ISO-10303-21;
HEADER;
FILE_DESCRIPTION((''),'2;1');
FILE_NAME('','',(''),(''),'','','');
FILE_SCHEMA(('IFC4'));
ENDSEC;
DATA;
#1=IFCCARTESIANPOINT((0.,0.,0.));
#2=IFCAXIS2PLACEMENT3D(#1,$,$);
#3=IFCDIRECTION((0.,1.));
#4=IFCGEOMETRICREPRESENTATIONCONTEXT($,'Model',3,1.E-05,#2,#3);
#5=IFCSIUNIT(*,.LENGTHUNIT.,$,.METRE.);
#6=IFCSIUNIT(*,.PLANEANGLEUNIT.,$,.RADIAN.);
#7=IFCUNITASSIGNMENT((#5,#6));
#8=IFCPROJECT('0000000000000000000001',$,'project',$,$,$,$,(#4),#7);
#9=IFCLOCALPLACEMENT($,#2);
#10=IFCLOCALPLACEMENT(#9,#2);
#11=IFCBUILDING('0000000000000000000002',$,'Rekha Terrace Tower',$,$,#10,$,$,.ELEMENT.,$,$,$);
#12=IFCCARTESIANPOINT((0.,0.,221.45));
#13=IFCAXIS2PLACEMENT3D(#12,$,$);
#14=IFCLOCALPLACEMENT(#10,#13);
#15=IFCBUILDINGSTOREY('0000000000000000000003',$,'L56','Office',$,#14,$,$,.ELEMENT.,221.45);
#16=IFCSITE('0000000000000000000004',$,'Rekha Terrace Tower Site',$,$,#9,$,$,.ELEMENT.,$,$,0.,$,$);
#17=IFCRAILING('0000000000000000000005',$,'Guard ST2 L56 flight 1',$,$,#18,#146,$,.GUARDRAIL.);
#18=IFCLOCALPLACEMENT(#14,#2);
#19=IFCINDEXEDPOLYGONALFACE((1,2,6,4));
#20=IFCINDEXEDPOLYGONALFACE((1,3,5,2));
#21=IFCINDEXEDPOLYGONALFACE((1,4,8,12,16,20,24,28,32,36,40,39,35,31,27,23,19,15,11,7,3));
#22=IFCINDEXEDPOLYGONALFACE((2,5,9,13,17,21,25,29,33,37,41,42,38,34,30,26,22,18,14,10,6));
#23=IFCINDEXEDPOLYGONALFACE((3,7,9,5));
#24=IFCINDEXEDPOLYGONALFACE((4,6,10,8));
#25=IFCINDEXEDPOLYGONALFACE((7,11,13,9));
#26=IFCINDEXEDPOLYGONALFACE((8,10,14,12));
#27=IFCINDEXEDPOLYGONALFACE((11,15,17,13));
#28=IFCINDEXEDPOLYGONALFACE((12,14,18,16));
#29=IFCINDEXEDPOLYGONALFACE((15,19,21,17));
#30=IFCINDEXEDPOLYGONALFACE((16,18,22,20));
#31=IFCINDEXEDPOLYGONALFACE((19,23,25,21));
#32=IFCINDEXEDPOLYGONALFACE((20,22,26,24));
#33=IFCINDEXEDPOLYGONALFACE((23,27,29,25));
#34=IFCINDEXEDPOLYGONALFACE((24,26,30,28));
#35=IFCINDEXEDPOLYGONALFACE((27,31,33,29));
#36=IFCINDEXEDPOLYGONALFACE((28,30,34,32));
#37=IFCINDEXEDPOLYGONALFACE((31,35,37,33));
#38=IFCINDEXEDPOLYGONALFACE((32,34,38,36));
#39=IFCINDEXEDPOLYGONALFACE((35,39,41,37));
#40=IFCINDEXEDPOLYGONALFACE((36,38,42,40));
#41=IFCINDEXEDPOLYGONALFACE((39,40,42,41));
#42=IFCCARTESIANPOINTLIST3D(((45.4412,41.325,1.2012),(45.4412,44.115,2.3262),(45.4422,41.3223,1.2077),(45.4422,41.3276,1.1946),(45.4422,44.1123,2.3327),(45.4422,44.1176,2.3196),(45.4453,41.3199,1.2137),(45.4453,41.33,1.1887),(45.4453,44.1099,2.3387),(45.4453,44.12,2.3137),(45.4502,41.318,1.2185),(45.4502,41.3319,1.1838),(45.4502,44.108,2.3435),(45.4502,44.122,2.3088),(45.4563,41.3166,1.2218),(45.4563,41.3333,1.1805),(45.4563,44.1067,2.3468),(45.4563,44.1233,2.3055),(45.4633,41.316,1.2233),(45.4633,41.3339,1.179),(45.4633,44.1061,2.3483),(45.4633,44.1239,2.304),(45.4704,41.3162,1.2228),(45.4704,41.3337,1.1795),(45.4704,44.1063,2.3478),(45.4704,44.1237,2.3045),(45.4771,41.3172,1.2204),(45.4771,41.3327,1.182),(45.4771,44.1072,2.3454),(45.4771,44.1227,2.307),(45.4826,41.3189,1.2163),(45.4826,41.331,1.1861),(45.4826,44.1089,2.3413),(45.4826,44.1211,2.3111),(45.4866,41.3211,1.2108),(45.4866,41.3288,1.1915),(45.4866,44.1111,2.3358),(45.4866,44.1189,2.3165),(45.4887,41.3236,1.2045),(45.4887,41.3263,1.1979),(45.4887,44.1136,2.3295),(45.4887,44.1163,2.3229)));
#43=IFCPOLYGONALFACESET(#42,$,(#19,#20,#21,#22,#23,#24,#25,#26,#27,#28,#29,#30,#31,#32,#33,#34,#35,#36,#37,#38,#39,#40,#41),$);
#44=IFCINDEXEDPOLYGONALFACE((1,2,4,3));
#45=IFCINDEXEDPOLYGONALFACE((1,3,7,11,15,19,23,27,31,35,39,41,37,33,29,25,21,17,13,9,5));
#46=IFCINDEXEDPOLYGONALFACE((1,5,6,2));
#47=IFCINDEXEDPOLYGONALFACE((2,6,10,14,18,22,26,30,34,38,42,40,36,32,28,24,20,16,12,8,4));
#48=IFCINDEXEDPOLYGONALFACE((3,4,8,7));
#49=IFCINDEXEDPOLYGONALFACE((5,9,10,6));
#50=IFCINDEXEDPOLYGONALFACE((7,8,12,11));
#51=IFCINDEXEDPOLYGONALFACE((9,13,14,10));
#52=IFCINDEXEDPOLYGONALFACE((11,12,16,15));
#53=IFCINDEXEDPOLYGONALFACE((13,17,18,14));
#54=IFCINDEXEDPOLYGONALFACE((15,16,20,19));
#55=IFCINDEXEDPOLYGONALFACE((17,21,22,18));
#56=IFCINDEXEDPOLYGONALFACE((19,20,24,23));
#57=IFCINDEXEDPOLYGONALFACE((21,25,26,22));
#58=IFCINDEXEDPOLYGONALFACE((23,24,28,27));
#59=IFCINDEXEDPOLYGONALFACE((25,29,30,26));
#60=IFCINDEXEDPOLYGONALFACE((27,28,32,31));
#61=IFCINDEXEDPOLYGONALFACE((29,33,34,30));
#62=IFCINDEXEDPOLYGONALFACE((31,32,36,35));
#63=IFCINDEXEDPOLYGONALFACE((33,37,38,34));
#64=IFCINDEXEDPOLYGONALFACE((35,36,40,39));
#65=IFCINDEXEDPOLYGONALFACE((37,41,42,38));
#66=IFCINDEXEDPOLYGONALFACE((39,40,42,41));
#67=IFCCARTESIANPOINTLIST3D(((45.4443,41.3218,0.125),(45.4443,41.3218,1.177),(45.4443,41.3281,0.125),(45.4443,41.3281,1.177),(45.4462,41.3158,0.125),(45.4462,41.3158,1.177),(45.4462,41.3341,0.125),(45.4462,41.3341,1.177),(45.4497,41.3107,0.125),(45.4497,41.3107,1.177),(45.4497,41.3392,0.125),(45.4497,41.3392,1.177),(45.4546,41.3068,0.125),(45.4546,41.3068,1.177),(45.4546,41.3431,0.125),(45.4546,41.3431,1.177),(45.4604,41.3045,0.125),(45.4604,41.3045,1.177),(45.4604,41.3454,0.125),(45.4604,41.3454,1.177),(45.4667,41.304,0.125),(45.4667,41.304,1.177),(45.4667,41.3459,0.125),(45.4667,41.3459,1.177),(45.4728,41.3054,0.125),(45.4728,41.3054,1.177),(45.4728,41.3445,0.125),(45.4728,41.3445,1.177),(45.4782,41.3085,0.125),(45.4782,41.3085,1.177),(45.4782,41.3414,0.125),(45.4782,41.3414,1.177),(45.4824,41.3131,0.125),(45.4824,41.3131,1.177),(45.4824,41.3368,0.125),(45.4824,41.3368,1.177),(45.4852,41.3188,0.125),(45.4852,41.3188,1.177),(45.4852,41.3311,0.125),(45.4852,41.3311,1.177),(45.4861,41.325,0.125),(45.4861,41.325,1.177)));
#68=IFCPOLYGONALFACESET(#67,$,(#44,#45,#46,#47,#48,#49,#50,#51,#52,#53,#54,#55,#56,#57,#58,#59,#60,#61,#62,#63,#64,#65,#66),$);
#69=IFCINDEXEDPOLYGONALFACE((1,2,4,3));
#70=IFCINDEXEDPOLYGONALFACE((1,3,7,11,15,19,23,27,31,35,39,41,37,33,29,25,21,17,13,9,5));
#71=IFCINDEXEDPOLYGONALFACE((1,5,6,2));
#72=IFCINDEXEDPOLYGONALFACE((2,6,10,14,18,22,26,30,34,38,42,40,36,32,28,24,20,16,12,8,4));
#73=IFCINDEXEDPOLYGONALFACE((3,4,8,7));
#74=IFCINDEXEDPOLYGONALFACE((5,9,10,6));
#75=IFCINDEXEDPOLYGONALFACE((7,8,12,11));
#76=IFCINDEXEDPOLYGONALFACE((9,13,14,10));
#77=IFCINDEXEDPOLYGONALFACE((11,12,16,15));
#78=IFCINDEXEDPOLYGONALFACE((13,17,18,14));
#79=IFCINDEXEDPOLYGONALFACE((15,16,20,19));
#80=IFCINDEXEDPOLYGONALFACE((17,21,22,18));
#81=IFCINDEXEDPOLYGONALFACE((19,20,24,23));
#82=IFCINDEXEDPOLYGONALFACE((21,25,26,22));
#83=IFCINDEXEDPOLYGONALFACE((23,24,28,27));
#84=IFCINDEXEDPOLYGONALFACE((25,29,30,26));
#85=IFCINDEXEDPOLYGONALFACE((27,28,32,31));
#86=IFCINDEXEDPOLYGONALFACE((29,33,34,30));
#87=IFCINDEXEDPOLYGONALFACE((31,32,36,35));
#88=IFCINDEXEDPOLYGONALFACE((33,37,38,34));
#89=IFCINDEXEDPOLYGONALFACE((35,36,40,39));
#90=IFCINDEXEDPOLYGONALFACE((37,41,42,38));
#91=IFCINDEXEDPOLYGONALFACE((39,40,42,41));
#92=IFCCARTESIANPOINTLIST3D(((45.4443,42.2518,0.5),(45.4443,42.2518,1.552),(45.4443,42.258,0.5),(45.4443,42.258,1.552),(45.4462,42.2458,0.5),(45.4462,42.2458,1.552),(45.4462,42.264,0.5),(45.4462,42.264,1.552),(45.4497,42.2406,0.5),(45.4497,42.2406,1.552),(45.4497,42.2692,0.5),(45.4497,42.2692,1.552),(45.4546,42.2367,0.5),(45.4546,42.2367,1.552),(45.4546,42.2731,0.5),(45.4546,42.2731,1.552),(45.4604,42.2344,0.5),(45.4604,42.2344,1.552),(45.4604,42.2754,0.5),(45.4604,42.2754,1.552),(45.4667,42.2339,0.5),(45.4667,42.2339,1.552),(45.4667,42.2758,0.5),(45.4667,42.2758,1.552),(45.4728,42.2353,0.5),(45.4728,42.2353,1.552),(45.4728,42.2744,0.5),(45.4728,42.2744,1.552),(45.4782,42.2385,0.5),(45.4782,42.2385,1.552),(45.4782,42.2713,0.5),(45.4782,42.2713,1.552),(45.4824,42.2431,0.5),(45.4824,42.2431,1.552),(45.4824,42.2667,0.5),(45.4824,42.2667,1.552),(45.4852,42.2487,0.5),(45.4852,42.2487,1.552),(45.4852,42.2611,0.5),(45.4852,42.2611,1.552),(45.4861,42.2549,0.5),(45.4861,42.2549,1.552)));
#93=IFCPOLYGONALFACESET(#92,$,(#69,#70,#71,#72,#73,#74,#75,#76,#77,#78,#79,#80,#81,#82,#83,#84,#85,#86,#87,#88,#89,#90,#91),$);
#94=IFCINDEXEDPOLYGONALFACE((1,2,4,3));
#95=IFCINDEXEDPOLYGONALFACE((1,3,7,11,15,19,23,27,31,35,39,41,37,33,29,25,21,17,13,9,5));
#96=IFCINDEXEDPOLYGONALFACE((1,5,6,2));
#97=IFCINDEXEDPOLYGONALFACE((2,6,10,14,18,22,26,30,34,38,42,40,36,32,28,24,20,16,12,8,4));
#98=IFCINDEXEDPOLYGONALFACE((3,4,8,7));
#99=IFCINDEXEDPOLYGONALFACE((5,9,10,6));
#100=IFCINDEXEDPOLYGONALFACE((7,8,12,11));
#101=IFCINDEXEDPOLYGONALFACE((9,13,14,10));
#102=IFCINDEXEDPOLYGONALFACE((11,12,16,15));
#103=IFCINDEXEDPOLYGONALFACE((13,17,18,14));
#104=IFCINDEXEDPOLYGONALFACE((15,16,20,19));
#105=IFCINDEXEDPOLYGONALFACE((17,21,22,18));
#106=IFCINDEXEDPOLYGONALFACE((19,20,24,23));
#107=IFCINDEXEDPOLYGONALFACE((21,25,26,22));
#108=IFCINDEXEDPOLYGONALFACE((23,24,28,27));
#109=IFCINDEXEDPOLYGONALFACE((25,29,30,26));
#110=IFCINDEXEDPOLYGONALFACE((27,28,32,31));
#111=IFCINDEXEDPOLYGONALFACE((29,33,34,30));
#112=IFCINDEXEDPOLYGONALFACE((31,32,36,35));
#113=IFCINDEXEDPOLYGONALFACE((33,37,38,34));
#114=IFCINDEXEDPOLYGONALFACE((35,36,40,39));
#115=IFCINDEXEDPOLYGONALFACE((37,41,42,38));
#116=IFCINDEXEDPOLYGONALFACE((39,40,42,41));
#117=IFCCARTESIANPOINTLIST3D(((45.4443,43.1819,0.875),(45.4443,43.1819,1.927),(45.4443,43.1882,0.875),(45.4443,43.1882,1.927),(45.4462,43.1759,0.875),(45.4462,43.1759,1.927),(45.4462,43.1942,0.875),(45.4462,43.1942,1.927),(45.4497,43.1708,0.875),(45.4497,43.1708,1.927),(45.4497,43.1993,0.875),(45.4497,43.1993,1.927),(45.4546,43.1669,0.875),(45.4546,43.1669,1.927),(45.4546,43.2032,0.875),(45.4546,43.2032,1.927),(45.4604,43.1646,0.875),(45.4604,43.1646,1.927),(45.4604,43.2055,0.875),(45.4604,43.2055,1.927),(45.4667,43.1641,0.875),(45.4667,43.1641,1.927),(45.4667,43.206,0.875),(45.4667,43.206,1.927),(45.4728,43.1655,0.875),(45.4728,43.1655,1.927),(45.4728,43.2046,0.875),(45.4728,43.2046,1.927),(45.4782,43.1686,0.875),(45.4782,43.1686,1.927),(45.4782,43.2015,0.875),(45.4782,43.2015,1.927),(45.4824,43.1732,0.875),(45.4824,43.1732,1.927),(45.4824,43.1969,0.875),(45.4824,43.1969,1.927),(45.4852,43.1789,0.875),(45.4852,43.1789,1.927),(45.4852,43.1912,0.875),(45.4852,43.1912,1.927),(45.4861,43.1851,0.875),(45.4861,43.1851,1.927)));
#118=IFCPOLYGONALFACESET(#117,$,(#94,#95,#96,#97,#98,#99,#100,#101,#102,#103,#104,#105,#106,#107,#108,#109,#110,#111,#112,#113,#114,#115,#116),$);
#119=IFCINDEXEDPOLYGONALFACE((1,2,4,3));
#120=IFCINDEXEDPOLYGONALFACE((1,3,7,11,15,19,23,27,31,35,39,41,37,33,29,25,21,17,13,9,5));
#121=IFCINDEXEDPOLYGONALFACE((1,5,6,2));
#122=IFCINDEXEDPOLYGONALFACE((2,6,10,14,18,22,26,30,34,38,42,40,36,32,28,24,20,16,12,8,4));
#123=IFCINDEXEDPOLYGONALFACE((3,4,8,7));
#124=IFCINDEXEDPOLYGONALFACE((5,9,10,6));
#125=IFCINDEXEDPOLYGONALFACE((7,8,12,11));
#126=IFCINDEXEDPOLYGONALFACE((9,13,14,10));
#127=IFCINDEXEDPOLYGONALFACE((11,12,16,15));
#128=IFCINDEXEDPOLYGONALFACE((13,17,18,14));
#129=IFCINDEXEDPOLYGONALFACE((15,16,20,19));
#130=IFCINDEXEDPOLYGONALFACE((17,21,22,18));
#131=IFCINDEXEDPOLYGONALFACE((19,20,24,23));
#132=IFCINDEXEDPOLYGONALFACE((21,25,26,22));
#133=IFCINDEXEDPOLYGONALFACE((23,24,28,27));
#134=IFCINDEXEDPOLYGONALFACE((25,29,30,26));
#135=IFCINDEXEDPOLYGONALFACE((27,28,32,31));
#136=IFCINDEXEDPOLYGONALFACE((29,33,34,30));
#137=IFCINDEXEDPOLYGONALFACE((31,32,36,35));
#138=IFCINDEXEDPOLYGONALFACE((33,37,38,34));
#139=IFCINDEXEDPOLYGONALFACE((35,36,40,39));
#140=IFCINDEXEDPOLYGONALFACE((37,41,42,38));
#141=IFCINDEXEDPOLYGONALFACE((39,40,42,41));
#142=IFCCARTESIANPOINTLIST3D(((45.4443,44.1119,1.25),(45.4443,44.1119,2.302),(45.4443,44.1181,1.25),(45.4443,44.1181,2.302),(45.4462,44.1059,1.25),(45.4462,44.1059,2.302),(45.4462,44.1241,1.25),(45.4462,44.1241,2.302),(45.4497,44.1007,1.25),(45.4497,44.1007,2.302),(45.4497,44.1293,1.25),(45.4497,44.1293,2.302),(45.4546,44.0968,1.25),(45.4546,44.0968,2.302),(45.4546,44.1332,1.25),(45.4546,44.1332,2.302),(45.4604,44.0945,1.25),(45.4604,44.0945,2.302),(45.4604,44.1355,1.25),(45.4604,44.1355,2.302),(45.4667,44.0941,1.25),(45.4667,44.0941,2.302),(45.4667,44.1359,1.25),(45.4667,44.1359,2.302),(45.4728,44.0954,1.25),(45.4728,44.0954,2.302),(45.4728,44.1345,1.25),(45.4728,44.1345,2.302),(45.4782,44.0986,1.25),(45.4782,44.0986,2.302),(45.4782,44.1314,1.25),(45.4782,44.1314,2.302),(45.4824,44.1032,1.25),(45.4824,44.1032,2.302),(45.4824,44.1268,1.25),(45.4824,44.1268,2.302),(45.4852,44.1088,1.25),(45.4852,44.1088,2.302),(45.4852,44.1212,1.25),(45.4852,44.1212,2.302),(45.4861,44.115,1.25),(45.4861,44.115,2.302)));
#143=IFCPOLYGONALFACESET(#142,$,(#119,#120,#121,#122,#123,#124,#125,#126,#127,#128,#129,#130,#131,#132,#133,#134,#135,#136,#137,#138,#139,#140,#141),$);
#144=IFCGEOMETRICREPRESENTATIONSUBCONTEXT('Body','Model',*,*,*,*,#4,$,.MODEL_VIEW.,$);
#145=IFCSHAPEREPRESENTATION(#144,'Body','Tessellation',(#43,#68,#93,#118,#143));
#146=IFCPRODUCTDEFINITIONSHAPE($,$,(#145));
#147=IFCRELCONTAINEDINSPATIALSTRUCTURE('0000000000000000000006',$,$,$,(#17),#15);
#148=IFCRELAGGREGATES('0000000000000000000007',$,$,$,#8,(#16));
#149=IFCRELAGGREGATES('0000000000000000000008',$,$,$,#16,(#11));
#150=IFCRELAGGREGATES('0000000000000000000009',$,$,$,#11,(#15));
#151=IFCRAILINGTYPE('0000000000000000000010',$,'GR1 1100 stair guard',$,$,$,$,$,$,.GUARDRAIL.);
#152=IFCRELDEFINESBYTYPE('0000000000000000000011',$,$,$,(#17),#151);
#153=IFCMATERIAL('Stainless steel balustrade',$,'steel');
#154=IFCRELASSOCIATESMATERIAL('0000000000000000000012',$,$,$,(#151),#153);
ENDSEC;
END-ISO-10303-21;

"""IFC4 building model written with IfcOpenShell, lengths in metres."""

from ifc_helpers import new_model, si_unit, direction, frame, origin, origin_2d, place, context, subcontext, project, spatial, circle, extrude, material, type_object, element, save


model = new_model("IFC4")

# Units and contexts
model_context = context("Model", 3, precision=1e-05, world=origin(), true_north=direction((0.0, 1.0)))
body_context = subcontext(model_context, "Body", "Model", "MODEL_VIEW")
ifc_project = project(units=[si_unit("LENGTHUNIT", "METRE"), si_unit("PLANEANGLEUNIT", "RADIAN")], contexts=[model_context])

# Site, building, storey
site_placement = place(None, origin())
site = spatial("IfcSite", under=ifc_project, at=site_placement, Name="Rekha Terrace Tower Site", CompositionType="ELEMENT", RefElevation=0.0)
building_placement = place(site_placement, origin())
building = spatial("IfcBuilding", under=site, at=building_placement, Name="Rekha Terrace Tower", CompositionType="ELEMENT")
storey_placement = place(building_placement, frame((0.0, 0.0, 221.45)))
storey = spatial("IfcBuildingStorey", under=building, at=storey_placement, Name="L56", Description="Office", CompositionType="ELEMENT", Elevation=221.45)

# Railing
ifc_material_1 = material(Name="Stainless steel balustrade", Category="steel")
railing_type_1 = type_object("IfcRailingType", Name="GR1 1100 stair guard", PredefinedType="GUARDRAIL", material=ifc_material_1)
railing_1_placement = place(storey_placement, frame((45.4651, 41.325, 0.125)))
element("IfcRailing", 1, at=railing_1_placement, inside=storey, type_object=railing_type_1, Name="Guard ST2 L56 flight 1", PredefinedType="GUARDRAIL", context=body_context, shape_type="SweptSolid", body=[
    extrude(circle(Radius=0.0239, at=origin_2d()), frame((0.0, 0.0, 1.0762), z_axis=(0.0, 0.927443, 0.373964), x_axis=(-1.0, 0.0, 0.0)), (0.0, 0.0, 1.0), 3.0083),
    extrude(circle(Radius=0.021, at=origin_2d()), origin(), (0.0, 0.0, 1.0), 1.052),
    extrude(circle(Radius=0.021, at=origin_2d()), frame((0.0, 0.9299, 0.375)), (0.0, 0.0, 1.0), 1.052),
    extrude(circle(Radius=0.021, at=origin_2d()), frame((0.0, 1.8601, 0.75)), (0.0, 0.0, 1.0), 1.052),
    extrude(circle(Radius=0.021, at=origin_2d()), frame((0.0, 2.79, 1.125)), (0.0, 0.0, 1.0), 1.052),
])

save(model, "model.ifc")
